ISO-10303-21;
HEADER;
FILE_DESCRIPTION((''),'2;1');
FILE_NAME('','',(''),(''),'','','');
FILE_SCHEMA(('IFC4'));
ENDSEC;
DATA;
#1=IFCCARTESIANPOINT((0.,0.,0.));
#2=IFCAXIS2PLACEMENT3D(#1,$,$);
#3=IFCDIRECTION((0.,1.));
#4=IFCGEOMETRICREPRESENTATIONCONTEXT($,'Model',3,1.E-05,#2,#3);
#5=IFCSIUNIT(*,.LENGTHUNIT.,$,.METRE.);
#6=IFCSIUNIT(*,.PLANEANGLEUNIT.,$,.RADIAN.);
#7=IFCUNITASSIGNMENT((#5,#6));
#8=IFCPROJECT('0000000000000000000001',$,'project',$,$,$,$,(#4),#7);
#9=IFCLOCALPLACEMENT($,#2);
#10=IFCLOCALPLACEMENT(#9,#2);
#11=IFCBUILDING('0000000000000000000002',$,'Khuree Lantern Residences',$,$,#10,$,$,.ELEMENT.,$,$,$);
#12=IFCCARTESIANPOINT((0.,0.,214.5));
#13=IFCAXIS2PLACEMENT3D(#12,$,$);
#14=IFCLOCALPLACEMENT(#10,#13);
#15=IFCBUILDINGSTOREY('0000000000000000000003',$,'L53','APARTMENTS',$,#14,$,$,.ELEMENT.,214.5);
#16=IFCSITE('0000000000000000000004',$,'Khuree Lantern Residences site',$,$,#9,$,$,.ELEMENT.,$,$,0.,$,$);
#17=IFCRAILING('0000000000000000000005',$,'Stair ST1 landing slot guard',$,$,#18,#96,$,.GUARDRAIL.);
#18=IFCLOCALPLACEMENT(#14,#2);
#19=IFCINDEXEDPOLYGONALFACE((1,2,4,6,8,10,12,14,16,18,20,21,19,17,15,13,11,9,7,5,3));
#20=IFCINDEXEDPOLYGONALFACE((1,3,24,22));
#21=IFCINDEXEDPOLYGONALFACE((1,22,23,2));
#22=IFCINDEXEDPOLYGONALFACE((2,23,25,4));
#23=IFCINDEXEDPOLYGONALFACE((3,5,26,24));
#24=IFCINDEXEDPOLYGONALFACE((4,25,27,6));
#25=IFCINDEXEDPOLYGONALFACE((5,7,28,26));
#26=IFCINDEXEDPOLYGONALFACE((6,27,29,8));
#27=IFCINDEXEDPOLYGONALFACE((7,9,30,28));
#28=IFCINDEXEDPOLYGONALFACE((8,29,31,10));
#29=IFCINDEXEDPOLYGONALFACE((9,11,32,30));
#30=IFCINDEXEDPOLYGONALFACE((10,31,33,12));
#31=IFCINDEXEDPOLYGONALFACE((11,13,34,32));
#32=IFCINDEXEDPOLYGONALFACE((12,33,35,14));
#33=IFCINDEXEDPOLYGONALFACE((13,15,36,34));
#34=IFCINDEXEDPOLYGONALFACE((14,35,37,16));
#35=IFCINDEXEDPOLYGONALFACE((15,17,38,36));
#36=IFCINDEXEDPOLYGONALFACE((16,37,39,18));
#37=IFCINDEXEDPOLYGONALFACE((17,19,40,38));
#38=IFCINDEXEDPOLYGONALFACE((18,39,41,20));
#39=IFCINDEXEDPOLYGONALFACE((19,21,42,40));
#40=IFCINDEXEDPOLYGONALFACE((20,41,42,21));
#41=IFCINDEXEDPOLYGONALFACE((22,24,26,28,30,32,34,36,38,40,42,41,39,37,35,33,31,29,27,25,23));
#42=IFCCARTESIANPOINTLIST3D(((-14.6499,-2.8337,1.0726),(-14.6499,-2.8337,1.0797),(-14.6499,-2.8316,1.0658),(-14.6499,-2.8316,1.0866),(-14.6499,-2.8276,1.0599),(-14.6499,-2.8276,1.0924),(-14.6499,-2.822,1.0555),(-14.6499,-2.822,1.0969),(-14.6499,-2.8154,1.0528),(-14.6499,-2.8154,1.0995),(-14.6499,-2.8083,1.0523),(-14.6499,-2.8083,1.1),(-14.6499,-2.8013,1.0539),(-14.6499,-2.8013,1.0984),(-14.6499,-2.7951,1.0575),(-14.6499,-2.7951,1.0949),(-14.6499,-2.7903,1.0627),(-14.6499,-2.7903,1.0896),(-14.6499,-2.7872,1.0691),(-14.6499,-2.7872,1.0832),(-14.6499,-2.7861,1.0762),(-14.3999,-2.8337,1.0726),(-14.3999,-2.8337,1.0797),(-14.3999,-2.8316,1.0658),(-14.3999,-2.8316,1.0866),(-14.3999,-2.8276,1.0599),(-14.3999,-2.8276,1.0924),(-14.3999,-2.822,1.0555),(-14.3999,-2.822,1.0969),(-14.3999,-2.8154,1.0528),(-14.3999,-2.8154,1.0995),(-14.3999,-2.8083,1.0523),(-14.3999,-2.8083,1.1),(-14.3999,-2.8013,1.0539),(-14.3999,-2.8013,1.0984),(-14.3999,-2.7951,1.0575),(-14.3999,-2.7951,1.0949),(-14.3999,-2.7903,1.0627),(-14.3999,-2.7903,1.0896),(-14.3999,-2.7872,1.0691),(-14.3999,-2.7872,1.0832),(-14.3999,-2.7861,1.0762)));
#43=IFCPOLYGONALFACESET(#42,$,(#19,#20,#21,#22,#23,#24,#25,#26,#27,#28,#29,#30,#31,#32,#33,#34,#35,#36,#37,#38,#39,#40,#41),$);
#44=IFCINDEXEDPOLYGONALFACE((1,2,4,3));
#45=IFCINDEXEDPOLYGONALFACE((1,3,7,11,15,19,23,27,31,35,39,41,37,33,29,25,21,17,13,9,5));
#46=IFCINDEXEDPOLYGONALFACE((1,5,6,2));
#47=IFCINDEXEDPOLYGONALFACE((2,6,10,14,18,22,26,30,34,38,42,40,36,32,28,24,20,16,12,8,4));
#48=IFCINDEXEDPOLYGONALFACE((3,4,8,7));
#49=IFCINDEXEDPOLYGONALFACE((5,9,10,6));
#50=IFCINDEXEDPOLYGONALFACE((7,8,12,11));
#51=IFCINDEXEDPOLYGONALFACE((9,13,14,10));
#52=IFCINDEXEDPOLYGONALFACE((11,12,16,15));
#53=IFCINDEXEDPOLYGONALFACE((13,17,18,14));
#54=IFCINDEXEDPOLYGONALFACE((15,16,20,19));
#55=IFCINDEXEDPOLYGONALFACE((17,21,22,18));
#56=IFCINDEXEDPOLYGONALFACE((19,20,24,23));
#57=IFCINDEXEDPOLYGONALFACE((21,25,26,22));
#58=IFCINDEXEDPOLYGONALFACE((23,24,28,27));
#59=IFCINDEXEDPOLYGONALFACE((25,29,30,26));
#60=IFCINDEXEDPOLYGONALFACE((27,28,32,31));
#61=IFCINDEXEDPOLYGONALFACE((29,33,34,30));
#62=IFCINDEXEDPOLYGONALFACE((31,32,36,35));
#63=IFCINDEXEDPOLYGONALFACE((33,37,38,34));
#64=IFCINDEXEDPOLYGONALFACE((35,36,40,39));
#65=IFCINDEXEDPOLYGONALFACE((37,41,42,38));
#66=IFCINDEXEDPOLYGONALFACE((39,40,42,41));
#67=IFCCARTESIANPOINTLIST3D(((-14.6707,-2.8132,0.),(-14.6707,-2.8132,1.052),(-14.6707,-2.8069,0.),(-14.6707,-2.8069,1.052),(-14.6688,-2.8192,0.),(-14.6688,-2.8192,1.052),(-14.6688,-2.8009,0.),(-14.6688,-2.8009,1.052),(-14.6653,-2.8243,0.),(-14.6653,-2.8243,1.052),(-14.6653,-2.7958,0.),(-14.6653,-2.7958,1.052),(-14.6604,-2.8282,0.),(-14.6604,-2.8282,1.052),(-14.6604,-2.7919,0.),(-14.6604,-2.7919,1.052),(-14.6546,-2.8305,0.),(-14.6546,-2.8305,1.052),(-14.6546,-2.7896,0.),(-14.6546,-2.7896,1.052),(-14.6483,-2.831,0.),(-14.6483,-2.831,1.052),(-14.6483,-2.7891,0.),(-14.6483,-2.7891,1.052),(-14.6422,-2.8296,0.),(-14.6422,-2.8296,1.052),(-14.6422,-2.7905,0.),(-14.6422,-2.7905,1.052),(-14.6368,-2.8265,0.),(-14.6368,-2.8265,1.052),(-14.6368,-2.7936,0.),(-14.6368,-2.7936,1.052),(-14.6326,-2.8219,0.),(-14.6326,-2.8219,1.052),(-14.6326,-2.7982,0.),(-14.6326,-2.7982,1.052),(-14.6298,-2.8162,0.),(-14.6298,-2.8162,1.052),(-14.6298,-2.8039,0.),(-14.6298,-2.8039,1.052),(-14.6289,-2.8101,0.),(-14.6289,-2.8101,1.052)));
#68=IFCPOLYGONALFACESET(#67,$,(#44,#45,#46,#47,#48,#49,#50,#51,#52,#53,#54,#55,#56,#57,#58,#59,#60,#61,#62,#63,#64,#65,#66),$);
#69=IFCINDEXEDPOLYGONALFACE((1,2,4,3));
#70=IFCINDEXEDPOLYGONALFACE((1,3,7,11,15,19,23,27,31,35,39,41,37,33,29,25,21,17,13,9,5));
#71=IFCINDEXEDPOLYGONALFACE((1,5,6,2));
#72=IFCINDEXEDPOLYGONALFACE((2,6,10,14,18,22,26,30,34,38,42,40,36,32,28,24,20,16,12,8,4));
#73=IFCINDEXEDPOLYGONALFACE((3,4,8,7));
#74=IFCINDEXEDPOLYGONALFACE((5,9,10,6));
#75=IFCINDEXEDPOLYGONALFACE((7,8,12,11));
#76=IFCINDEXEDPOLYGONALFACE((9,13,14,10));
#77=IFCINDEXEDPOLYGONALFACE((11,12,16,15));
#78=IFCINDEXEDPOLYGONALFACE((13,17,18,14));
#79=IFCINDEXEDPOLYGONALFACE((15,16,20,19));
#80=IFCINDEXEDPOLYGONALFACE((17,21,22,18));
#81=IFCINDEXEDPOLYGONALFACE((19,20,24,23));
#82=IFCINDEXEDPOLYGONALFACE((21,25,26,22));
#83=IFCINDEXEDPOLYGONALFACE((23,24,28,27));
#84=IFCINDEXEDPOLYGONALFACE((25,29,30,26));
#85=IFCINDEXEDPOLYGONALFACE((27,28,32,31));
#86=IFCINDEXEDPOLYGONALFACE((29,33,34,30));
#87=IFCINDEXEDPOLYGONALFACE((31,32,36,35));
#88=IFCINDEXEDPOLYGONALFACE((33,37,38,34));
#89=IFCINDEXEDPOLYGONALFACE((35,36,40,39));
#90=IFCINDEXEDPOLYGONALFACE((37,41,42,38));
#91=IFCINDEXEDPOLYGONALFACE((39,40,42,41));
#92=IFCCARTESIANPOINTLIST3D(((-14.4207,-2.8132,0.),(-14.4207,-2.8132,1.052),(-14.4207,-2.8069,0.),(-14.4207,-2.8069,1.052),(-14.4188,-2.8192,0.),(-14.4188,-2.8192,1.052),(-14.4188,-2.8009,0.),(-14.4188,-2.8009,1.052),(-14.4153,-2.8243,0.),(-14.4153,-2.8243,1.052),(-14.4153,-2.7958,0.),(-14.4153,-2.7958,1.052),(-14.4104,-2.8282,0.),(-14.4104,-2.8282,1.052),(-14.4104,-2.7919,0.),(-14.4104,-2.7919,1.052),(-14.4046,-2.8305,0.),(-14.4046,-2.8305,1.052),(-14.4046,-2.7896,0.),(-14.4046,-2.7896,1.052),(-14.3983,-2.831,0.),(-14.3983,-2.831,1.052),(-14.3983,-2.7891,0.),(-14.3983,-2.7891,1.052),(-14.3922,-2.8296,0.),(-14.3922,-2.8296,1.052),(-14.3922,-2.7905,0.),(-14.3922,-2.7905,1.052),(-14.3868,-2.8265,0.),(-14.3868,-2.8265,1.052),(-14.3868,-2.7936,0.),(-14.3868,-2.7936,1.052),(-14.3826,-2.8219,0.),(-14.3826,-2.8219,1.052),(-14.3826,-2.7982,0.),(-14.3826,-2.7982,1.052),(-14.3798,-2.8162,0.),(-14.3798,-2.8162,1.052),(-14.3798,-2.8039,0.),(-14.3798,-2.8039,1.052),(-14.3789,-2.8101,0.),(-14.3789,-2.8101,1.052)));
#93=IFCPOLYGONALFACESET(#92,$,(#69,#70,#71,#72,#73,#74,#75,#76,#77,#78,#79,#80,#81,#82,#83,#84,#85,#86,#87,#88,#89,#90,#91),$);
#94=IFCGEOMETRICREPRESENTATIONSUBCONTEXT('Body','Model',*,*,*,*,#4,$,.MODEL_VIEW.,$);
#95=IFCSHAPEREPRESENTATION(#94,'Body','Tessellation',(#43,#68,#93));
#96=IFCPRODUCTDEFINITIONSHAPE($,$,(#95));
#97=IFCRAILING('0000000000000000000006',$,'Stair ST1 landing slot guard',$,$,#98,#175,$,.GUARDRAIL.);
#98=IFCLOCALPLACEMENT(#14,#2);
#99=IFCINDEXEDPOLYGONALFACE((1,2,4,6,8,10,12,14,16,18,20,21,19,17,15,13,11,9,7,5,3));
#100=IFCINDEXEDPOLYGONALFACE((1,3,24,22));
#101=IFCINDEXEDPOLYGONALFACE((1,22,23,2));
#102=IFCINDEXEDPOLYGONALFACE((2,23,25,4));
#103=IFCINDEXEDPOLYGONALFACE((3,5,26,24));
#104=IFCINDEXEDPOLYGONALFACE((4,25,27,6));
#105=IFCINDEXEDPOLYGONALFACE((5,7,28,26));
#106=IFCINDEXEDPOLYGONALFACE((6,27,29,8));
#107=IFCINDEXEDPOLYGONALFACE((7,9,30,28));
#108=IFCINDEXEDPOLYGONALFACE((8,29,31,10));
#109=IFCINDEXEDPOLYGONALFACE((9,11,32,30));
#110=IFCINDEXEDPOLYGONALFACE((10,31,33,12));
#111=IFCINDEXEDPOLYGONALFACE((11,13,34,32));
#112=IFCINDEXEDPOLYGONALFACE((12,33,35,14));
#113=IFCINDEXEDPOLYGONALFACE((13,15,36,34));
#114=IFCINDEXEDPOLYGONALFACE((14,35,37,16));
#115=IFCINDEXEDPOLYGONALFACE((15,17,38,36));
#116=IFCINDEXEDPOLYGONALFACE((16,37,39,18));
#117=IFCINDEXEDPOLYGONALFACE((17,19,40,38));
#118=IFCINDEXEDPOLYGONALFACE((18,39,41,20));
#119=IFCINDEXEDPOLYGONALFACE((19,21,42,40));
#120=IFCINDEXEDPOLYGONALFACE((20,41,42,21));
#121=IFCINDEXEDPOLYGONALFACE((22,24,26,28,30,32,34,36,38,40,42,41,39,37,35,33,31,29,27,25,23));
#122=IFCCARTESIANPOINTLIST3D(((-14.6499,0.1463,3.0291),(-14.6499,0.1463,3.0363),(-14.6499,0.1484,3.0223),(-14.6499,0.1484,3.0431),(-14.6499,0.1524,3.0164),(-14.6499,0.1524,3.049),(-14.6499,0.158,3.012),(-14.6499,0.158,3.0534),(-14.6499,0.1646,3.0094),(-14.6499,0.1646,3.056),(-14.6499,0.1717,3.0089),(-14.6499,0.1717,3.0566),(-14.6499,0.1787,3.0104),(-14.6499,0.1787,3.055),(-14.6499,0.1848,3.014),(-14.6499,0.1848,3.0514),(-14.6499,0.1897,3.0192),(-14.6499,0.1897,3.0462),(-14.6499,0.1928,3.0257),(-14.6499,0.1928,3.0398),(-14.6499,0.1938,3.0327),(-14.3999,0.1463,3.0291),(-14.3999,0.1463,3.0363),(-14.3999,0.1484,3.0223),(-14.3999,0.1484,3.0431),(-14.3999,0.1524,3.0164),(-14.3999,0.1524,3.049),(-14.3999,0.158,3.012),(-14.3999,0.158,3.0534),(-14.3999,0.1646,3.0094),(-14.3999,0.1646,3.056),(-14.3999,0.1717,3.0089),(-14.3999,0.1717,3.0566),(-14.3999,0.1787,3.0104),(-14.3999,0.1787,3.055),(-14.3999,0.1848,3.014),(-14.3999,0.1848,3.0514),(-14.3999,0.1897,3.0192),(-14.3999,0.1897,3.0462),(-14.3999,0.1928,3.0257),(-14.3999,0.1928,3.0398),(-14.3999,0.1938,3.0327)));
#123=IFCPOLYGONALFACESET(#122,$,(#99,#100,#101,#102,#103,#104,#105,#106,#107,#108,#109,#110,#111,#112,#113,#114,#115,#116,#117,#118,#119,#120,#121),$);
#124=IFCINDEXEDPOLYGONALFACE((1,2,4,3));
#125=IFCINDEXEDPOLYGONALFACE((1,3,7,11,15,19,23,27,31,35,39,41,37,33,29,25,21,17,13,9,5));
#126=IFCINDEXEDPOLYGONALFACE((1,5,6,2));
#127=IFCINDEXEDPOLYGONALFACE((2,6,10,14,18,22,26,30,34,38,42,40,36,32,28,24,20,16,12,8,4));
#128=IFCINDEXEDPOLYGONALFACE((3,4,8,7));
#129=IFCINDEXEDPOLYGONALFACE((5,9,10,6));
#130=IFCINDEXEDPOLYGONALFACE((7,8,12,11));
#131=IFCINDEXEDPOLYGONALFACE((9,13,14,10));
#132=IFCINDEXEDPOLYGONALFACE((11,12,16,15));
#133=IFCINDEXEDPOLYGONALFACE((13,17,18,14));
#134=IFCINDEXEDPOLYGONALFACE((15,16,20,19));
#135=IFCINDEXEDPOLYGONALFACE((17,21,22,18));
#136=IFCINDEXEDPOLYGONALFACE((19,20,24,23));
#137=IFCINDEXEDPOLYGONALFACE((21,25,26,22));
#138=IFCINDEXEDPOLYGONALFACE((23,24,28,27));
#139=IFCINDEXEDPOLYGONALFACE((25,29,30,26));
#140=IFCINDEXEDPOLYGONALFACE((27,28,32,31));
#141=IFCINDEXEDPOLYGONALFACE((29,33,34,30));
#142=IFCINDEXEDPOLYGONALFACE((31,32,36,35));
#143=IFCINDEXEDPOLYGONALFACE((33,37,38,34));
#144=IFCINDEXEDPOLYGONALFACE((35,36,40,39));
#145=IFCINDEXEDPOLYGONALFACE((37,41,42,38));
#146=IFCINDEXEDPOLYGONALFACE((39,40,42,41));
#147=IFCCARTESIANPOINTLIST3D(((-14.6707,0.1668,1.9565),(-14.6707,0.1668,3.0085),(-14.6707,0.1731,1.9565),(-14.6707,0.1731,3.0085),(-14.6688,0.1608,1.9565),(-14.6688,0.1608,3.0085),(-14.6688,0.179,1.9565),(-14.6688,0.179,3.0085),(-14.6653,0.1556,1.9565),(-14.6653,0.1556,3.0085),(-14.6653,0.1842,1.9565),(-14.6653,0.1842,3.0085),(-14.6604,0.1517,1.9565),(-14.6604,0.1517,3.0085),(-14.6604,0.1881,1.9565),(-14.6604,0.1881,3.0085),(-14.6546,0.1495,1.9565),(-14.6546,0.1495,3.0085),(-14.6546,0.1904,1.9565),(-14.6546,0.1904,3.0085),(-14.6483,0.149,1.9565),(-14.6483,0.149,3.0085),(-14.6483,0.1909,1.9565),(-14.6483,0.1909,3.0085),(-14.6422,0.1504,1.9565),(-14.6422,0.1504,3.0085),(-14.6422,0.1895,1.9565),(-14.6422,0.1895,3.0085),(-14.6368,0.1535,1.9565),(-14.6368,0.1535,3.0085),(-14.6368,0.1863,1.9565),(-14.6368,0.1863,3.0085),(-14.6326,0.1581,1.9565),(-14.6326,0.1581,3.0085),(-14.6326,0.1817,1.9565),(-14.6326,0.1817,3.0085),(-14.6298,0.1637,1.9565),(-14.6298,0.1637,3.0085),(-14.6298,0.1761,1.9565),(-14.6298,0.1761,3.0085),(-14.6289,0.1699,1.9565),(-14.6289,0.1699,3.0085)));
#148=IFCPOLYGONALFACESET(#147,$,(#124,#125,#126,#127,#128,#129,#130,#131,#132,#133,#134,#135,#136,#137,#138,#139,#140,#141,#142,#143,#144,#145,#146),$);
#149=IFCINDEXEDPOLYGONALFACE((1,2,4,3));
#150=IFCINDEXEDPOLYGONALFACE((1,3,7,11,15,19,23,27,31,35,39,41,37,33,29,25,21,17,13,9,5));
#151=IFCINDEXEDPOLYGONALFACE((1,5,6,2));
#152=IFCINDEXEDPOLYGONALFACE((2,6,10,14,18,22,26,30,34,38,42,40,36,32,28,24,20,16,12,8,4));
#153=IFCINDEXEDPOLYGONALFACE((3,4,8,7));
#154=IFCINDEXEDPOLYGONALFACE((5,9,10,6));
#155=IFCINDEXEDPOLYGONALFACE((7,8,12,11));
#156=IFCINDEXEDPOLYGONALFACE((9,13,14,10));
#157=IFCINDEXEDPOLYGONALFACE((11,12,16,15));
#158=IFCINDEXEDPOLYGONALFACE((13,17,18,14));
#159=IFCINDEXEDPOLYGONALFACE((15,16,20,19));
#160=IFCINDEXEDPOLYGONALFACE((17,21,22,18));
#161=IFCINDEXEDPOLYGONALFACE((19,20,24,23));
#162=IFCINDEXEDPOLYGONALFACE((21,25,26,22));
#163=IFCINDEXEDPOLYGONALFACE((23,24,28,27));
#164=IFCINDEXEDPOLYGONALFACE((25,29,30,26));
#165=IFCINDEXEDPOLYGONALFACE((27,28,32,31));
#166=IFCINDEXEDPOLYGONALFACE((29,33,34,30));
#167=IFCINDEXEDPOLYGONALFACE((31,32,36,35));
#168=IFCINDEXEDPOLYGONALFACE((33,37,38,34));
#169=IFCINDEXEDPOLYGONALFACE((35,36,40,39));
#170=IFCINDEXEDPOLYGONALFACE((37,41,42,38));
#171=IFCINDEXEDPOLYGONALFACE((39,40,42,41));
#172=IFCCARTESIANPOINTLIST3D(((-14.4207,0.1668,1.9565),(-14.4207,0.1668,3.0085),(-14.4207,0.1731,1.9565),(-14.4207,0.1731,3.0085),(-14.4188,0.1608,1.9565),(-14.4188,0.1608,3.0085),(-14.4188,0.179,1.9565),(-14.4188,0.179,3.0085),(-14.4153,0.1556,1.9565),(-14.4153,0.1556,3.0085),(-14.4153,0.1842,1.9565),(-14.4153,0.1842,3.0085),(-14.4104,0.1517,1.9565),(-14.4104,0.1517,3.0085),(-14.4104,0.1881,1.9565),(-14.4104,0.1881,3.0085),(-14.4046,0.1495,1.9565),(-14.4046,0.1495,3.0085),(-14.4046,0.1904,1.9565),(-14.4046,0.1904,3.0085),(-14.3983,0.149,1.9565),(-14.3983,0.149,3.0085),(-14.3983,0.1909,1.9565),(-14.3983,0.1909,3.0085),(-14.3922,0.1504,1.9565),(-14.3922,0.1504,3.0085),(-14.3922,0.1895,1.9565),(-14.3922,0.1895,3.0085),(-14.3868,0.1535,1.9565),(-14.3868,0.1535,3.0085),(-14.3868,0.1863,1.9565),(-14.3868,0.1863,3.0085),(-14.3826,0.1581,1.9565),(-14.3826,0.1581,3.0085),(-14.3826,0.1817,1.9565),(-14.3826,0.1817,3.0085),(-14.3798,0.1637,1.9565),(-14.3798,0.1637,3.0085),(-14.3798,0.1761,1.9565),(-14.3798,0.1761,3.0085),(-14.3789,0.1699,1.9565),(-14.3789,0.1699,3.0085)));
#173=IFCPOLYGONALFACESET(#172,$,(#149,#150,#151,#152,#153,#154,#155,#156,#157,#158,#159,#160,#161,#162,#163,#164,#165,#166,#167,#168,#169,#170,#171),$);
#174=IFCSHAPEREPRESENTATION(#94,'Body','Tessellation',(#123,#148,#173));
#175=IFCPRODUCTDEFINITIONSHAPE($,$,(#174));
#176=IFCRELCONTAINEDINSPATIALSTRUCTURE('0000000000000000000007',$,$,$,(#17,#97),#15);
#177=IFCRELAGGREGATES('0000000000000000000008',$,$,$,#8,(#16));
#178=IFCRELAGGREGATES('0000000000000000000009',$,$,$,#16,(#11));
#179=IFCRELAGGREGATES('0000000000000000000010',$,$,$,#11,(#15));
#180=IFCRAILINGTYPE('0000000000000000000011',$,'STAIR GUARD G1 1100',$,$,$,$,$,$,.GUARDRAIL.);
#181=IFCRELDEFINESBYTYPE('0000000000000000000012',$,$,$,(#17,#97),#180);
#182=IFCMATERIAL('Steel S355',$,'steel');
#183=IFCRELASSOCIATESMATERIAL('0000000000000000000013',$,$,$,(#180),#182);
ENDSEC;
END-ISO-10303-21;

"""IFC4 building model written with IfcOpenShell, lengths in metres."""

from ifc_helpers import new_model, si_unit, direction, frame, origin, origin_2d, place, context, subcontext, project, spatial, circle, extrude, material, type_object, element, save


model = new_model("IFC4")

# Units and contexts
model_context = context("Model", 3, precision=1e-05, world=origin(), true_north=direction((0.0, 1.0)))
body_context = subcontext(model_context, "Body", "Model", "MODEL_VIEW")
ifc_project = project(units=[si_unit("LENGTHUNIT", "METRE"), si_unit("PLANEANGLEUNIT", "RADIAN")], contexts=[model_context])

# Site, building, storey
site_placement = place(None, origin())
site = spatial("IfcSite", under=ifc_project, at=site_placement, Name="Khuree Lantern Residences site", CompositionType="ELEMENT", RefElevation=0.0)
building_placement = place(site_placement, origin())
building = spatial("IfcBuilding", under=site, at=building_placement, Name="Khuree Lantern Residences", CompositionType="ELEMENT")
storey_placement = place(building_placement, frame((0.0, 0.0, 214.5)))
storey = spatial("IfcBuildingStorey", under=building, at=storey_placement, Name="L53", Description="APARTMENTS", CompositionType="ELEMENT", Elevation=214.5)

# Railings
ifc_material_1 = material(Name="Steel S355", Category="steel")
railing_type = type_object("IfcRailingType", Name="STAIR GUARD G1 1100", PredefinedType="GUARDRAIL", material=ifc_material_1)
for number, where, name in (
    (1, (-14.6499, -2.8101, 0.0), "Stair ST1 landing slot guard"),
    (2, (-14.6499, 0.1699, 1.9565), "Stair ST1 landing slot guard"),
):
    element("IfcRailing", number, at=place(storey_placement, frame(where)), inside=storey, type_object=railing_type, Name=name, PredefinedType="GUARDRAIL", context=body_context, shape_type="SweptSolid", body=[
        extrude(circle(Radius=0.0239, at=origin_2d()), frame((0.0, 0.0, 1.0762), z_axis=(1.0, 0.0, 0.0), x_axis=(0.0, 1.0, 0.0)), (0.0, 0.0, 1.0), 0.25),
        extrude(circle(Radius=0.021, at=origin_2d()), origin(), (0.0, 0.0, 1.0), 1.052),
        extrude(circle(Radius=0.021, at=origin_2d()), frame((0.25, 0.0, 0.0)), (0.0, 0.0, 1.0), 1.052),
    ])

save(model, "model.ifc")
